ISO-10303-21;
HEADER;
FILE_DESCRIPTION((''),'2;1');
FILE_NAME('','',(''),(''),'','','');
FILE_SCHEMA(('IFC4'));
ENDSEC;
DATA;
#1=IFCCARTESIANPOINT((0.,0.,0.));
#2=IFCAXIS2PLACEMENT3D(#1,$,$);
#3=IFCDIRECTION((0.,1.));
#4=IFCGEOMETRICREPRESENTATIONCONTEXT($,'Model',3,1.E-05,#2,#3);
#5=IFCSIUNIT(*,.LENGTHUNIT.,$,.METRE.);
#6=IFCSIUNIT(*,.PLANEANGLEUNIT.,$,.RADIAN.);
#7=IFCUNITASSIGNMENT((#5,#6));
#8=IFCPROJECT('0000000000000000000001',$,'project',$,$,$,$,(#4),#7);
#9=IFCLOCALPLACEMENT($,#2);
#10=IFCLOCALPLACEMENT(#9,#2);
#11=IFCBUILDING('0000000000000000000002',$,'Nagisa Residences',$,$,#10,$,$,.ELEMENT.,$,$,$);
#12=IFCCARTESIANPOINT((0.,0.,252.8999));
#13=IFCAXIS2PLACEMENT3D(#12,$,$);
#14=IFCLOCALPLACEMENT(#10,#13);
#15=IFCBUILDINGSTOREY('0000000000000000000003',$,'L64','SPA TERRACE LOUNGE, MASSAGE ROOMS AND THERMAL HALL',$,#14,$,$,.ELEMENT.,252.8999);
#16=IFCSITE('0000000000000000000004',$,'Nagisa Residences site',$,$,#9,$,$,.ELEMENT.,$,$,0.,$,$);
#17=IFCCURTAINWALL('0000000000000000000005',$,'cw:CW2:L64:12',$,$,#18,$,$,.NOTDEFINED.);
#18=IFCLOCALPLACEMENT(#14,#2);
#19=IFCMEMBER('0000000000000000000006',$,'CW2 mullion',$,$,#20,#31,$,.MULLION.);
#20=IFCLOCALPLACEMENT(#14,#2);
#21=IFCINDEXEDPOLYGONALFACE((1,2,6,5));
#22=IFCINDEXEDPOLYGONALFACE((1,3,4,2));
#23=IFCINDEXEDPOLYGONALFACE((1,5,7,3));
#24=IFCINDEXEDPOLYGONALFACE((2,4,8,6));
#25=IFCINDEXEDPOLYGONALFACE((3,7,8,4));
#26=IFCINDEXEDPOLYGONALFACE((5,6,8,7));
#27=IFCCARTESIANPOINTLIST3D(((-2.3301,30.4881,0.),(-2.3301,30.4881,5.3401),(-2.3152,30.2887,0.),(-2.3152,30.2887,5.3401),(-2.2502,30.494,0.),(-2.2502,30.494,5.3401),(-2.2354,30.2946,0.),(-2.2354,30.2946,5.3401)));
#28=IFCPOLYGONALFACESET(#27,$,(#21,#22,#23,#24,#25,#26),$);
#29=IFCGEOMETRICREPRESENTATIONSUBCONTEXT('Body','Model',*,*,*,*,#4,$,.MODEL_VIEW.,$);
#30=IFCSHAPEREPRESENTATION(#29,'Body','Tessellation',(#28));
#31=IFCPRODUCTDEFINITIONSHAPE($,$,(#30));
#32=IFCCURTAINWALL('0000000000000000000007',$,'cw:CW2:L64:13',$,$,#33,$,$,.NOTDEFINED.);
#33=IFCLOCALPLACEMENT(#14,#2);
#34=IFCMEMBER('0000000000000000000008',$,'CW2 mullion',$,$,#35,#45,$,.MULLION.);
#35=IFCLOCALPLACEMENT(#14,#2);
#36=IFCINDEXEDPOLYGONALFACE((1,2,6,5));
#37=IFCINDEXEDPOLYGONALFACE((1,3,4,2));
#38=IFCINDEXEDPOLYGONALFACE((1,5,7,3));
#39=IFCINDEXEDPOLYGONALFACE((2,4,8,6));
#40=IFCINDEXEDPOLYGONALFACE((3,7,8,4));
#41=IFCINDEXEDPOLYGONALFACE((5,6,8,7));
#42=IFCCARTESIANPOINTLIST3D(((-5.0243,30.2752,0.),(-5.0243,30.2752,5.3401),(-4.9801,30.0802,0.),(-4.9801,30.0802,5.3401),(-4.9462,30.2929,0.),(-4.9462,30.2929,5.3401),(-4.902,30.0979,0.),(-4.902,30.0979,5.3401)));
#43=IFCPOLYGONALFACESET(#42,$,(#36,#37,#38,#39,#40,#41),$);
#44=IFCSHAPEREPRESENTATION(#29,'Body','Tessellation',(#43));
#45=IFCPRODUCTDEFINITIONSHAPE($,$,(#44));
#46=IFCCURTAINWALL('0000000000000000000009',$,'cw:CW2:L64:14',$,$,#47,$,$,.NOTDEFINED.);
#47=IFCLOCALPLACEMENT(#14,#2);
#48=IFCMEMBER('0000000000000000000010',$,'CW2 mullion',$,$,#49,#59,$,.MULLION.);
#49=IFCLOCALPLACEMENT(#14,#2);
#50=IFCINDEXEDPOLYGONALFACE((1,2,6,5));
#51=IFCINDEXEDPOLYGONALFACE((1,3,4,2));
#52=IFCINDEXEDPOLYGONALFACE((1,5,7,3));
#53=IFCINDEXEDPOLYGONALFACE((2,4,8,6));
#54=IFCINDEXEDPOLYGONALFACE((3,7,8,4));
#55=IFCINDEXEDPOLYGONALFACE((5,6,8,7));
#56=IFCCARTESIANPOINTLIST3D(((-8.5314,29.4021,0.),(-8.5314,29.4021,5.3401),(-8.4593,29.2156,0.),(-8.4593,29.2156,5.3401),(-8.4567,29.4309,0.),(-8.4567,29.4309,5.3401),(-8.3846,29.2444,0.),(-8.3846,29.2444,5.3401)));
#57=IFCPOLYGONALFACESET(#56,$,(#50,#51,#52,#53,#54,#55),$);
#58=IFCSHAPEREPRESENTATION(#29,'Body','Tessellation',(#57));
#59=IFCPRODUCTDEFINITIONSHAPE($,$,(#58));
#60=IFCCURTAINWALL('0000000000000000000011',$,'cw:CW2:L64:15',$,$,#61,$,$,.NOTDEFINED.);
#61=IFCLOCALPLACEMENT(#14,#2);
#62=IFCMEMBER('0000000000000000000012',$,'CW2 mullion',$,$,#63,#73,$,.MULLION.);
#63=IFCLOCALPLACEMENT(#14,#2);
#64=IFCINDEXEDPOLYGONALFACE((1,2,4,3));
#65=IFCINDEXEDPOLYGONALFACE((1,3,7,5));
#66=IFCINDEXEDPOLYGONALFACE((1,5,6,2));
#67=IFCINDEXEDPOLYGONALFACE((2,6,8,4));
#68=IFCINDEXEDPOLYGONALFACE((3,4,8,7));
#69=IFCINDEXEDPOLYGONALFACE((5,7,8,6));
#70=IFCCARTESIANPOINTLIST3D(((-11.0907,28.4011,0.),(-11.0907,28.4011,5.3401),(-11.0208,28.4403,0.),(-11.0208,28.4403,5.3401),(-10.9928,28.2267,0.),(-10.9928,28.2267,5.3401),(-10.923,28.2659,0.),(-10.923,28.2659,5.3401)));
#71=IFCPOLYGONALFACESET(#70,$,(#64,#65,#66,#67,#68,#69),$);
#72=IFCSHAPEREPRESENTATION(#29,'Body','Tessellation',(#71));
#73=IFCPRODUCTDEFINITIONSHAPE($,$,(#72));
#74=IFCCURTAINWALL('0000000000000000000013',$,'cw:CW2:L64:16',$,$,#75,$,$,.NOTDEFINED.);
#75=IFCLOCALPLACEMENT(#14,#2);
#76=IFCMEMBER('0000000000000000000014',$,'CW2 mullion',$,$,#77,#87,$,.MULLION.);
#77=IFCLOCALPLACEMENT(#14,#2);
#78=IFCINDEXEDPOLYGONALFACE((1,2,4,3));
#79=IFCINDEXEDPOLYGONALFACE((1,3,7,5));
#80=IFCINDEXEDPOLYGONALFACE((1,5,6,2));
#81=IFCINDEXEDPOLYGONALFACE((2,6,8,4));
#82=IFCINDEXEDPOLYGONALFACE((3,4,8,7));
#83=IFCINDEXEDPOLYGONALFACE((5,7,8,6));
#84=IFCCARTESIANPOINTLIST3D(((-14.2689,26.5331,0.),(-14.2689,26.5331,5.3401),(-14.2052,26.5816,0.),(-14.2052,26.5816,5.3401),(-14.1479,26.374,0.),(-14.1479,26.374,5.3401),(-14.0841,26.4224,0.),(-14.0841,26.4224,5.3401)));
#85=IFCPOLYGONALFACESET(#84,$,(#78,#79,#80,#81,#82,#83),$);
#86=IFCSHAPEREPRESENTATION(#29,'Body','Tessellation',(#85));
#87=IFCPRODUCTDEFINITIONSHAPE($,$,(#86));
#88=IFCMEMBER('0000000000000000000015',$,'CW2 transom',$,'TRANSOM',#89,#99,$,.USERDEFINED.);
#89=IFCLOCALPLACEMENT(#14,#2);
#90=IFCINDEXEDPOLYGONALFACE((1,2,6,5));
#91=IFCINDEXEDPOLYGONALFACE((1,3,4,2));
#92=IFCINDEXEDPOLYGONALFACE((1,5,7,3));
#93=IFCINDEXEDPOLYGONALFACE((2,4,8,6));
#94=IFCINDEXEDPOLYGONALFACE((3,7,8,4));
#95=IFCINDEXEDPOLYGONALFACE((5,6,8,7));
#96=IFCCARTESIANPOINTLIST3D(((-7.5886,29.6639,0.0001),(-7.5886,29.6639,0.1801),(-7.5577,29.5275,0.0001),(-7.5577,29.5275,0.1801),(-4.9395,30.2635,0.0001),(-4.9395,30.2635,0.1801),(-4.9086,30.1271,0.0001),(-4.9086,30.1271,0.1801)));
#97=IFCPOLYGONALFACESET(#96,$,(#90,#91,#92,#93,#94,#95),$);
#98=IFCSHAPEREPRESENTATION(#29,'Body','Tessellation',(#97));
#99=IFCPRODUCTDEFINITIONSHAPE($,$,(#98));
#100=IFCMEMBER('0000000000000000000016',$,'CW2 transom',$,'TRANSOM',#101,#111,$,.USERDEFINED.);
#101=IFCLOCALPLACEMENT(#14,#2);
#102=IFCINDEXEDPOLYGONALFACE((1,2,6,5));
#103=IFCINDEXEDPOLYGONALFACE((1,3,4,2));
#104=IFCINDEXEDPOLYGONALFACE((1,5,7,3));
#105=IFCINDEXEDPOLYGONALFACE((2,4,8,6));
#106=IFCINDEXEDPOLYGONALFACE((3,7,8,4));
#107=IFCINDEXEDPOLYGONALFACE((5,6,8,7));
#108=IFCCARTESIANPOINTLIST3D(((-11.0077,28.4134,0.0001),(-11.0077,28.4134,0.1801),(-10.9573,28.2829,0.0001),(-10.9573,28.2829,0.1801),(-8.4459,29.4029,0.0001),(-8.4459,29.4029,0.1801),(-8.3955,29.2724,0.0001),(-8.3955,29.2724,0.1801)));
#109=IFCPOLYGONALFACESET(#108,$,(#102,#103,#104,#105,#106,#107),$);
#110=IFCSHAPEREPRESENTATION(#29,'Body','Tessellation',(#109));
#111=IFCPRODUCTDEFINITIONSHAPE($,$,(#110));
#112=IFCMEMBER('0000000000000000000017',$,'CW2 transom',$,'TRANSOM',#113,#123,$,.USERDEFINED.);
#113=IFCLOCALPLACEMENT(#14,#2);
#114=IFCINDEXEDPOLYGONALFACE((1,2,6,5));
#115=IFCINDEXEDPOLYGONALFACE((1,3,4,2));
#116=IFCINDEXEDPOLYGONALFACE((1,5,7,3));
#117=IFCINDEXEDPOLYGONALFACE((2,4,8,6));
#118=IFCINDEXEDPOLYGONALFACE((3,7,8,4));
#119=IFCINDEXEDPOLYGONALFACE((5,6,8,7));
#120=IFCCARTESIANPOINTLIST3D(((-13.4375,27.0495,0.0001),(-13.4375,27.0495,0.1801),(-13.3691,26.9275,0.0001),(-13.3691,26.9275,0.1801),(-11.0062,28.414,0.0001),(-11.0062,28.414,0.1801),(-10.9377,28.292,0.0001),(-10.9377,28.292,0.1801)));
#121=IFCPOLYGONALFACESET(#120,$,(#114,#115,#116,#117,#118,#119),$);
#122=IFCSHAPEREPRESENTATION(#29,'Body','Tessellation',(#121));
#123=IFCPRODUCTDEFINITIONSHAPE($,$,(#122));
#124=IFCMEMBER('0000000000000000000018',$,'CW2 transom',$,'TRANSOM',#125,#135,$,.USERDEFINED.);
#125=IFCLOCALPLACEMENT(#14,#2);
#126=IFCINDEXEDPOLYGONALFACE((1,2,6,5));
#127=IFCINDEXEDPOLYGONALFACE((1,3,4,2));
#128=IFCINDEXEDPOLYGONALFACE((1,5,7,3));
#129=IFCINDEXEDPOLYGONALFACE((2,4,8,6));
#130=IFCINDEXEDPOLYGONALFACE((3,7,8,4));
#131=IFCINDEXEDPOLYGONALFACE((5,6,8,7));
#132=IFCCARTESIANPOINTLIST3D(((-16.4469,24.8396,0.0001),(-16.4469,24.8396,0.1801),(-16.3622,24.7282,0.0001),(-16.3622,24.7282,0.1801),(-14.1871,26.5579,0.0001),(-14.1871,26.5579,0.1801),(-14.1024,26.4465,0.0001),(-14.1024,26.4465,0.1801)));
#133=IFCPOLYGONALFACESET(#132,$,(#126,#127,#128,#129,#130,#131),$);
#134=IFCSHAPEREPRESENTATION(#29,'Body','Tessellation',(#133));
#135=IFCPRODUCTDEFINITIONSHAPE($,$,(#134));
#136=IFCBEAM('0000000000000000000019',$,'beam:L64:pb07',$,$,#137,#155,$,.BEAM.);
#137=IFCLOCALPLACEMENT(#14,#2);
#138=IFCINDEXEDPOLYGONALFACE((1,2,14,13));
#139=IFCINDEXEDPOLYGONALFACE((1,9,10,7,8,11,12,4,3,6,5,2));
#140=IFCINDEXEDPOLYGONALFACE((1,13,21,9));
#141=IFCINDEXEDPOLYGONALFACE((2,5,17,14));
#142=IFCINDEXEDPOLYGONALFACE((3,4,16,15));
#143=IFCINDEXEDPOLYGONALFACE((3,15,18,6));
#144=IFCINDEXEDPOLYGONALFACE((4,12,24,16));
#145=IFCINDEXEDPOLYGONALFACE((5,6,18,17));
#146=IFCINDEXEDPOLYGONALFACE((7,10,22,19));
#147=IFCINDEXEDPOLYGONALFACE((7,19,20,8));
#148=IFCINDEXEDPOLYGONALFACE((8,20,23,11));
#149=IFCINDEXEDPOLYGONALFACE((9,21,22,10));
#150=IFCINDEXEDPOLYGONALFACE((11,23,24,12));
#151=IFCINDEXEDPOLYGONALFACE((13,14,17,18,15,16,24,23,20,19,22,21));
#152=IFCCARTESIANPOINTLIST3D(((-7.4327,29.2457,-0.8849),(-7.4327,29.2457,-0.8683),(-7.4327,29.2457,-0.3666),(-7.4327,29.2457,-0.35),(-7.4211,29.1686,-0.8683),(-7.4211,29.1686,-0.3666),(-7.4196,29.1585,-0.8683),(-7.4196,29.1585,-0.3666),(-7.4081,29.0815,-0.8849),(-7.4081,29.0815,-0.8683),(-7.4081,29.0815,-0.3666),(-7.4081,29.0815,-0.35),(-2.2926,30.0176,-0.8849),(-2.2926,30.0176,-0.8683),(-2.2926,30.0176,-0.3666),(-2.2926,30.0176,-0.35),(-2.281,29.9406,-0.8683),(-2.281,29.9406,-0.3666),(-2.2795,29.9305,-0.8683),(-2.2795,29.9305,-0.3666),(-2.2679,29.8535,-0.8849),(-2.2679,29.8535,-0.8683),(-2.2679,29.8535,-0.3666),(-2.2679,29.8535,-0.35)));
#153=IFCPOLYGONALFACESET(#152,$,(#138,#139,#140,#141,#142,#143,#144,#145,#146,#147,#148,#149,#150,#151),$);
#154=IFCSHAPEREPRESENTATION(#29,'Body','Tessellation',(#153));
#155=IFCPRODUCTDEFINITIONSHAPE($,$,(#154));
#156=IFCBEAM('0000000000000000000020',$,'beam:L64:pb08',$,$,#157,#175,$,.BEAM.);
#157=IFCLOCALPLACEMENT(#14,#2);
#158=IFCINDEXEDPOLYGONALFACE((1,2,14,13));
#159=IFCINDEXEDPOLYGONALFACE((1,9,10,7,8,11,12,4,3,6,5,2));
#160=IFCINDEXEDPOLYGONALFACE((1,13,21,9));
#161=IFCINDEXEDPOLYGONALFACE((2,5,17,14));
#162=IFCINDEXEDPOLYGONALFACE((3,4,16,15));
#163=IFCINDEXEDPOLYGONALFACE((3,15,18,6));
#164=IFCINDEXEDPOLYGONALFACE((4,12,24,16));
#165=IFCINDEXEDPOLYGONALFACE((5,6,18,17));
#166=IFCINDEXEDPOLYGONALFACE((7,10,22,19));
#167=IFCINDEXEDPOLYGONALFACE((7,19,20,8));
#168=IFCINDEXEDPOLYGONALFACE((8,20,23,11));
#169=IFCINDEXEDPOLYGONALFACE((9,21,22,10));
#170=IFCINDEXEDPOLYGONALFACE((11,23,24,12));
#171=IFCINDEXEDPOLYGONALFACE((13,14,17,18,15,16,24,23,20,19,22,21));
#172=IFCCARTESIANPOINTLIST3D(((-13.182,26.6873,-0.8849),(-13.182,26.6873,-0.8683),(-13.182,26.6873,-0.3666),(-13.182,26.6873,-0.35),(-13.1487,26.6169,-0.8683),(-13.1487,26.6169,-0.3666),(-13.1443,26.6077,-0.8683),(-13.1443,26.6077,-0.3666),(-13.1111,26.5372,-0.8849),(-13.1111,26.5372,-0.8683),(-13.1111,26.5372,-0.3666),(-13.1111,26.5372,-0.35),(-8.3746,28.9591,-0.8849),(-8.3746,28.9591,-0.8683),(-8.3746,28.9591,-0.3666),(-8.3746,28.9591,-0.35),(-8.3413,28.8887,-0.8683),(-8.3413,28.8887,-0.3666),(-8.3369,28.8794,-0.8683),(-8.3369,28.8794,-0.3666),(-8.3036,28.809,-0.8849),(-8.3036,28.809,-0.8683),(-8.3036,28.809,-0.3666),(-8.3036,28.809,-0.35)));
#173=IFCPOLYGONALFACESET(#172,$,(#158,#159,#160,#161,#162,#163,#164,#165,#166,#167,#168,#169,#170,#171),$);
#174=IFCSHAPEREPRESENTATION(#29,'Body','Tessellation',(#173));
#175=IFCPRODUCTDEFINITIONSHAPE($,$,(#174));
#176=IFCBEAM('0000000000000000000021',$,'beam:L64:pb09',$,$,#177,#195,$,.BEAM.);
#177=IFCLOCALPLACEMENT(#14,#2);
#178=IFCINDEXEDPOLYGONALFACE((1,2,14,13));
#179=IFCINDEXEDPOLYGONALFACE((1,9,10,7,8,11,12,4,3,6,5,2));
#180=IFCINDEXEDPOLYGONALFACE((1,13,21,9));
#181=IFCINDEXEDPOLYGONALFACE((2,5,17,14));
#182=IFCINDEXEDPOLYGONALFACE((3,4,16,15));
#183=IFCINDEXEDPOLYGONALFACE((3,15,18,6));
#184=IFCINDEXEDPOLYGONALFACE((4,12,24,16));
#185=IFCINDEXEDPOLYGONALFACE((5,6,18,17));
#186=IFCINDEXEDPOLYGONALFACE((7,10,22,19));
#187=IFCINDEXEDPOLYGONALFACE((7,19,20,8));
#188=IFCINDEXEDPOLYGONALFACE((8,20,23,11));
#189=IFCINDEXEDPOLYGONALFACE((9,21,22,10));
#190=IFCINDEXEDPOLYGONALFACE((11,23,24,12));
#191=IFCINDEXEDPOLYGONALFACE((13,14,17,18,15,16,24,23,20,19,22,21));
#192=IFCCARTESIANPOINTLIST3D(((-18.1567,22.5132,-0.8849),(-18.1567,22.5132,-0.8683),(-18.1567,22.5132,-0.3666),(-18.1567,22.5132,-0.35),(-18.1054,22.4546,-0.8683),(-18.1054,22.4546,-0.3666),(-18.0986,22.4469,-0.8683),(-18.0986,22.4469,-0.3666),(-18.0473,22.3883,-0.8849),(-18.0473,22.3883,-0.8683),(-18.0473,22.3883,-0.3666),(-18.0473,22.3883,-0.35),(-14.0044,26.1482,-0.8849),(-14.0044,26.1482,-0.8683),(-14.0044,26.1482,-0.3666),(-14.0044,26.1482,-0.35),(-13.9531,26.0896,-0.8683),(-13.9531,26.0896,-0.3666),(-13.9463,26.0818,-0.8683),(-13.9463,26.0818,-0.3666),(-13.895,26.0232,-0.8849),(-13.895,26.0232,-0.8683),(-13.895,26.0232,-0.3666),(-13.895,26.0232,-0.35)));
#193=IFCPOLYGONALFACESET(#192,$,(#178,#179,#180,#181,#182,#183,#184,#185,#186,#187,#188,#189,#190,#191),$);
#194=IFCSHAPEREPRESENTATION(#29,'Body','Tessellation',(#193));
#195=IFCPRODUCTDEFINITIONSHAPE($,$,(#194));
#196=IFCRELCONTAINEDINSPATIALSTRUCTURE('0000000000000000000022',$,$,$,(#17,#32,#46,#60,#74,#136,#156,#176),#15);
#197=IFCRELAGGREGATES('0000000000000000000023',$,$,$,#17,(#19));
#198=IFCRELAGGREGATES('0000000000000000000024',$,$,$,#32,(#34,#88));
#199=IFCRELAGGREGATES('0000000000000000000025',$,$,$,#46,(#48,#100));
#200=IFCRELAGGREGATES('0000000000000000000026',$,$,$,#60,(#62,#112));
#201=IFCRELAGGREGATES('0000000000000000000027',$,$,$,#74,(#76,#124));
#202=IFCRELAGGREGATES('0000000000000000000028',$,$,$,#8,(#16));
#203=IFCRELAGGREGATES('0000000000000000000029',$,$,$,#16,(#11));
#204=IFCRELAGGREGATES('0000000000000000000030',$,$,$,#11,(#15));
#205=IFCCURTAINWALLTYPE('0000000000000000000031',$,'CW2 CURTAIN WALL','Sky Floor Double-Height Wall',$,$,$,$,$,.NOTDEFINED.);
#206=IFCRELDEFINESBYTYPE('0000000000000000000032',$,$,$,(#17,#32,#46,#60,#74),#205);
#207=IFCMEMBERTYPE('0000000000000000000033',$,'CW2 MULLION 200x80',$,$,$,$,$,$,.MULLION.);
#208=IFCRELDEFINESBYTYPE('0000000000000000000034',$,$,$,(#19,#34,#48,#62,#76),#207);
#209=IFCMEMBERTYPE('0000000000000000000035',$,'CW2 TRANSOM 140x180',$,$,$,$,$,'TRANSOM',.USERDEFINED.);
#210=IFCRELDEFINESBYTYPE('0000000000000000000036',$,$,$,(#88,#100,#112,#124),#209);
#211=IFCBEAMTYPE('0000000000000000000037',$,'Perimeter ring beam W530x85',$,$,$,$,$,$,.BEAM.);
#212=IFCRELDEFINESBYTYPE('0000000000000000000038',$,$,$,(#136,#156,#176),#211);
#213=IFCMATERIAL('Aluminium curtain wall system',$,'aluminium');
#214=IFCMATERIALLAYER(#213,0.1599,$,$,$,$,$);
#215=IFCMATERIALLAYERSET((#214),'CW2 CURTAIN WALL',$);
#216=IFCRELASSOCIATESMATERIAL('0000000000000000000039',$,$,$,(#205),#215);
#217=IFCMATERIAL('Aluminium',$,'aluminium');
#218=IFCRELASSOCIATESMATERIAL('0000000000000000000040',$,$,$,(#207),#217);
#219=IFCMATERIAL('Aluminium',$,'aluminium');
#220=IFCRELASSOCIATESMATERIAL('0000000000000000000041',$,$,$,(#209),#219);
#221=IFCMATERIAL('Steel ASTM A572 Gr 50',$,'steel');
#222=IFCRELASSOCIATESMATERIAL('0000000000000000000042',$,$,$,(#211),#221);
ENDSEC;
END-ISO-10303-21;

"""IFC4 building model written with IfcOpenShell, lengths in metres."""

from ifc_helpers import new_model, si_unit, direction, frame, origin, origin_2d, place, context, subcontext, project, spatial, rectangle, i_section, extrude, material, layer, layer_set, material_profile, profile_set, type_object, element, aggregate, save


model = new_model("IFC4")

# Units and contexts
model_context = context("Model", 3, precision=1e-05, world=origin(), true_north=direction((0.0, 1.0)))
body_context = subcontext(model_context, "Body", "Model", "MODEL_VIEW")
ifc_project = project(units=[si_unit("LENGTHUNIT", "METRE"), si_unit("PLANEANGLEUNIT", "RADIAN")], contexts=[model_context])

# Site, building, storey
site_placement = place(None, origin())
site = spatial("IfcSite", under=ifc_project, at=site_placement, Name="Nagisa Residences site", CompositionType="ELEMENT", RefElevation=0.0)
building_placement = place(site_placement, origin())
building = spatial("IfcBuilding", under=site, at=building_placement, Name="Nagisa Residences", CompositionType="ELEMENT")
storey_placement = place(building_placement, frame((0.0, 0.0, 252.8999)))
storey = spatial("IfcBuildingStorey", under=building, at=storey_placement, Name="L64", Description="SPA TERRACE LOUNGE, MASSAGE ROOMS AND THERMAL HALL", CompositionType="ELEMENT", Elevation=252.8999)

# Curtain walls, members
ifc_material_1 = material(Name="Aluminium curtain wall system", Category="aluminium")
ifc_layer_1 = layer(ifc_material_1, 0.1599)
ifc_layer_set_1 = layer_set([ifc_layer_1], Name="CW2 CURTAIN WALL")
curtain_wall_type = type_object("IfcCurtainWallType", Name="CW2 CURTAIN WALL", Description="Sky Floor Double-Height Wall", PredefinedType="NOTDEFINED", material=ifc_layer_set_1)
curtain_wall_1_placement = place(storey_placement, origin())
curtain_wall_1 = element("IfcCurtainWall", 1, at=curtain_wall_1_placement, inside=storey, type_object=curtain_wall_type, Name="cw:CW2:L64:12", PredefinedType="NOTDEFINED")
ifc_material_2 = material(Name="Aluminium", Category="aluminium")
ifc_material_profile_1 = material_profile(ifc_material_2, rectangle(XDim=0.2, YDim=0.0801, at=origin_2d()), Name="CW2 MULLION 200x80")
ifc_profile_set_1 = profile_set([ifc_material_profile_1], Name="Aluminium")
member_type_1 = type_object("IfcMemberType", Name="CW2 MULLION 200x80", PredefinedType="MULLION", material=ifc_profile_set_1)
member_1_placement = place(storey_placement, frame((-2.2827, 30.3914, 0.0), z_axis=(0.0, 0.0, 1.0), x_axis=(0.074377, -0.99723, 0.0)))
member_1 = element("IfcMember", 2, at=member_1_placement, type_object=member_type_1, Name="CW2 mullion", PredefinedType="MULLION", context=body_context, shape_type="SweptSolid", body=[
    extrude(rectangle(XDim=0.2, YDim=0.0801, at=origin_2d()), origin(), (0.0, 0.0, 1.0), 5.3401),
])
curtain_wall_2_placement = place(storey_placement, origin())
curtain_wall_2 = element("IfcCurtainWall", 3, at=curtain_wall_2_placement, inside=storey, type_object=curtain_wall_type, Name="cw:CW2:L64:13", PredefinedType="NOTDEFINED")
member_2_placement = place(storey_placement, frame((-4.9631, 30.1865, 0.0), z_axis=(0.0, 0.0, 1.0), x_axis=(0.220764, -0.975327, 0.0)))
member_2 = element("IfcMember", 4, at=member_2_placement, type_object=member_type_1, Name="CW2 mullion", PredefinedType="MULLION", context=body_context, shape_type="SweptSolid", body=[
    extrude(rectangle(XDim=0.2, YDim=0.0801, at=origin_2d()), origin(), (0.0, 0.0, 1.0), 5.3401),
])
curtain_wall_3_placement = place(storey_placement, origin())
curtain_wall_3 = element("IfcCurtainWall", 5, at=curtain_wall_3_placement, inside=storey, type_object=curtain_wall_type, Name="cw:CW2:L64:14", PredefinedType="NOTDEFINED")
member_3_placement = place(storey_placement, frame((-8.458, 29.3232, 0.0), z_axis=(0.0, 0.0, 1.0), x_axis=(0.360328, -0.932826, 0.0)))
member_3 = element("IfcMember", 6, at=member_3_placement, type_object=member_type_1, Name="CW2 mullion", PredefinedType="MULLION", context=body_context, shape_type="SweptSolid", body=[
    extrude(rectangle(XDim=0.2, YDim=0.0801, at=origin_2d()), origin(), (0.0, 0.0, 1.0), 5.3401),
])
curtain_wall_4_placement = place(storey_placement, origin())
curtain_wall_4 = element("IfcCurtainWall", 7, at=curtain_wall_4_placement, inside=storey, type_object=curtain_wall_type, Name="cw:CW2:L64:15", PredefinedType="NOTDEFINED")
member_4_placement = place(storey_placement, frame((-11.0068, 28.3335, 0.0), z_axis=(0.0, 0.0, 1.0), x_axis=(0.489377, -0.872072, 0.0)))
member_4 = element("IfcMember", 8, at=member_4_placement, type_object=member_type_1, Name="CW2 mullion", PredefinedType="MULLION", context=body_context, shape_type="SweptSolid", body=[
    extrude(rectangle(XDim=0.2, YDim=0.0801, at=origin_2d()), origin(), (0.0, 0.0, 1.0), 5.3401),
])
curtain_wall_5_placement = place(storey_placement, origin())
curtain_wall_5 = element("IfcCurtainWall", 9, at=curtain_wall_5_placement, inside=storey, type_object=curtain_wall_type, Name="cw:CW2:L64:16", PredefinedType="NOTDEFINED")
member_5_placement = place(storey_placement, frame((-14.1765, 26.4778, 0.0), z_axis=(0.0, 0.0, 1.0), x_axis=(0.605255, -0.796031, 0.0)))
member_5 = element("IfcMember", 10, at=member_5_placement, type_object=member_type_1, Name="CW2 mullion", PredefinedType="MULLION", context=body_context, shape_type="SweptSolid", body=[
    extrude(rectangle(XDim=0.2, YDim=0.0801, at=origin_2d()), origin(), (0.0, 0.0, 1.0), 5.3401),
])

# Members
ifc_material_3 = material(Name="Aluminium", Category="aluminium")
ifc_material_profile_2 = material_profile(ifc_material_3, rectangle(XDim=0.1399, YDim=0.1799, at=origin_2d()), Name="CW2 TRANSOM 140x180")
ifc_profile_set_2 = profile_set([ifc_material_profile_2], Name="Aluminium")
member_type_2 = type_object("IfcMemberType", Name="CW2 TRANSOM 140x180", ElementType="TRANSOM", PredefinedType="USERDEFINED", material=ifc_profile_set_2)
member_6_placement = place(storey_placement, frame((-4.9241, 30.1953, 0.0901), z_axis=(-0.975329, -0.220755, 0.0), x_axis=(0.220755, -0.975329, 0.0)))
member_6 = element("IfcMember", 11, at=member_6_placement, type_object=member_type_2, Name="CW2 transom", ObjectType="TRANSOM", PredefinedType="USERDEFINED", context=body_context, shape_type="SweptSolid", body=[
    extrude(rectangle(XDim=0.1399, YDim=0.1799, at=origin_2d()), origin(), (0.0, 0.0, 1.0), 2.7161),
])
member_7_placement = place(storey_placement, frame((-8.4207, 29.3376, 0.0901), z_axis=(-0.932831, -0.360313, 0.0), x_axis=(0.360313, -0.932831, 0.0)))
member_7 = element("IfcMember", 12, at=member_7_placement, type_object=member_type_2, Name="CW2 transom", ObjectType="TRANSOM", PredefinedType="USERDEFINED", context=body_context, shape_type="SweptSolid", body=[
    extrude(rectangle(XDim=0.1399, YDim=0.1799, at=origin_2d()), origin(), (0.0, 0.0, 1.0), 2.7463),
])
member_8_placement = place(storey_placement, frame((-10.9719, 28.353, 0.0901), z_axis=(-0.872059, -0.4894, 0.0), x_axis=(0.4894, -0.872059, 0.0)))
member_8 = element("IfcMember", 13, at=member_8_placement, type_object=member_type_2, Name="CW2 transom", ObjectType="TRANSOM", PredefinedType="USERDEFINED", context=body_context, shape_type="SweptSolid", body=[
    extrude(rectangle(XDim=0.1399, YDim=0.1799, at=origin_2d()), origin(), (0.0, 0.0, 1.0), 2.7881),
])
member_9_placement = place(storey_placement, frame((-14.1448, 26.5022, 0.0901), z_axis=(-0.79602, -0.605271, 0.0), x_axis=(0.605271, -0.79602, 0.0)))
member_9 = element("IfcMember", 14, at=member_9_placement, type_object=member_type_2, Name="CW2 transom", ObjectType="TRANSOM", PredefinedType="USERDEFINED", context=body_context, shape_type="SweptSolid", body=[
    extrude(rectangle(XDim=0.1399, YDim=0.1799, at=origin_2d()), origin(), (0.0, 0.0, 1.0), 2.8389),
])

# Beams
ifc_material_4 = material(Name="Steel ASTM A572 Gr 50", Category="steel")
ifc_material_profile_3 = material_profile(ifc_material_4, i_section(OverallWidth=0.166, OverallDepth=0.5349, WebThickness=0.0103, FlangeThickness=0.0166, at=origin_2d()), Name="W530x85")
ifc_profile_set_3 = profile_set([ifc_material_profile_3], Name="Steel ASTM A572 Gr 50")
beam_type_1 = type_object("IfcBeamType", Name="Perimeter ring beam W530x85", PredefinedType="BEAM", material=ifc_profile_set_3)
beam_1_placement = place(storey_placement, frame((-2.2803, 29.9355, -0.6174), z_axis=(-0.988909, -0.14852, 0.0), x_axis=(0.14852, -0.988909, 0.0)))
element("IfcBeam", 15, at=beam_1_placement, inside=storey, type_object=beam_type_1, Name="beam:L64:pb07", PredefinedType="BEAM", context=body_context, shape_type="SweptSolid", body=[
    extrude(i_section(OverallWidth=0.166, OverallDepth=0.5349, WebThickness=0.0103, FlangeThickness=0.0166, at=origin_2d()), origin(), (0.0, 0.0, 1.0), 5.1978),
])
beam_2_placement = place(storey_placement, frame((-8.3391, 28.884, -0.6174), z_axis=(-0.904134, -0.427249, 0.0), x_axis=(0.427249, -0.904134, 0.0)))
element("IfcBeam", 16, at=beam_2_placement, inside=storey, type_object=beam_type_1, Name="beam:L64:pb08", PredefinedType="BEAM", context=body_context, shape_type="SweptSolid", body=[
    extrude(i_section(OverallWidth=0.166, OverallDepth=0.5349, WebThickness=0.0103, FlangeThickness=0.0166, at=origin_2d()), origin(), (0.0, 0.0, 1.0), 5.3171),
])
beam_3_placement = place(storey_placement, frame((-13.9497, 26.0857, -0.6174), z_axis=(-0.752423, -0.65868, 0.0), x_axis=(0.65868, -0.752423, 0.0)))
element("IfcBeam", 17, at=beam_3_placement, inside=storey, type_object=beam_type_1, Name="beam:L64:pb09", PredefinedType="BEAM", context=body_context, shape_type="SweptSolid", body=[
    extrude(i_section(OverallWidth=0.166, OverallDepth=0.5349, WebThickness=0.0103, FlangeThickness=0.0166, at=origin_2d()), origin(), (0.0, 0.0, 1.0), 5.5186),
])

aggregate(curtain_wall_1, [member_1])
aggregate(curtain_wall_2, [member_2, member_6])
aggregate(curtain_wall_3, [member_3, member_7])
aggregate(curtain_wall_4, [member_4, member_8])
aggregate(curtain_wall_5, [member_5, member_9])

save(model, "model.ifc")
